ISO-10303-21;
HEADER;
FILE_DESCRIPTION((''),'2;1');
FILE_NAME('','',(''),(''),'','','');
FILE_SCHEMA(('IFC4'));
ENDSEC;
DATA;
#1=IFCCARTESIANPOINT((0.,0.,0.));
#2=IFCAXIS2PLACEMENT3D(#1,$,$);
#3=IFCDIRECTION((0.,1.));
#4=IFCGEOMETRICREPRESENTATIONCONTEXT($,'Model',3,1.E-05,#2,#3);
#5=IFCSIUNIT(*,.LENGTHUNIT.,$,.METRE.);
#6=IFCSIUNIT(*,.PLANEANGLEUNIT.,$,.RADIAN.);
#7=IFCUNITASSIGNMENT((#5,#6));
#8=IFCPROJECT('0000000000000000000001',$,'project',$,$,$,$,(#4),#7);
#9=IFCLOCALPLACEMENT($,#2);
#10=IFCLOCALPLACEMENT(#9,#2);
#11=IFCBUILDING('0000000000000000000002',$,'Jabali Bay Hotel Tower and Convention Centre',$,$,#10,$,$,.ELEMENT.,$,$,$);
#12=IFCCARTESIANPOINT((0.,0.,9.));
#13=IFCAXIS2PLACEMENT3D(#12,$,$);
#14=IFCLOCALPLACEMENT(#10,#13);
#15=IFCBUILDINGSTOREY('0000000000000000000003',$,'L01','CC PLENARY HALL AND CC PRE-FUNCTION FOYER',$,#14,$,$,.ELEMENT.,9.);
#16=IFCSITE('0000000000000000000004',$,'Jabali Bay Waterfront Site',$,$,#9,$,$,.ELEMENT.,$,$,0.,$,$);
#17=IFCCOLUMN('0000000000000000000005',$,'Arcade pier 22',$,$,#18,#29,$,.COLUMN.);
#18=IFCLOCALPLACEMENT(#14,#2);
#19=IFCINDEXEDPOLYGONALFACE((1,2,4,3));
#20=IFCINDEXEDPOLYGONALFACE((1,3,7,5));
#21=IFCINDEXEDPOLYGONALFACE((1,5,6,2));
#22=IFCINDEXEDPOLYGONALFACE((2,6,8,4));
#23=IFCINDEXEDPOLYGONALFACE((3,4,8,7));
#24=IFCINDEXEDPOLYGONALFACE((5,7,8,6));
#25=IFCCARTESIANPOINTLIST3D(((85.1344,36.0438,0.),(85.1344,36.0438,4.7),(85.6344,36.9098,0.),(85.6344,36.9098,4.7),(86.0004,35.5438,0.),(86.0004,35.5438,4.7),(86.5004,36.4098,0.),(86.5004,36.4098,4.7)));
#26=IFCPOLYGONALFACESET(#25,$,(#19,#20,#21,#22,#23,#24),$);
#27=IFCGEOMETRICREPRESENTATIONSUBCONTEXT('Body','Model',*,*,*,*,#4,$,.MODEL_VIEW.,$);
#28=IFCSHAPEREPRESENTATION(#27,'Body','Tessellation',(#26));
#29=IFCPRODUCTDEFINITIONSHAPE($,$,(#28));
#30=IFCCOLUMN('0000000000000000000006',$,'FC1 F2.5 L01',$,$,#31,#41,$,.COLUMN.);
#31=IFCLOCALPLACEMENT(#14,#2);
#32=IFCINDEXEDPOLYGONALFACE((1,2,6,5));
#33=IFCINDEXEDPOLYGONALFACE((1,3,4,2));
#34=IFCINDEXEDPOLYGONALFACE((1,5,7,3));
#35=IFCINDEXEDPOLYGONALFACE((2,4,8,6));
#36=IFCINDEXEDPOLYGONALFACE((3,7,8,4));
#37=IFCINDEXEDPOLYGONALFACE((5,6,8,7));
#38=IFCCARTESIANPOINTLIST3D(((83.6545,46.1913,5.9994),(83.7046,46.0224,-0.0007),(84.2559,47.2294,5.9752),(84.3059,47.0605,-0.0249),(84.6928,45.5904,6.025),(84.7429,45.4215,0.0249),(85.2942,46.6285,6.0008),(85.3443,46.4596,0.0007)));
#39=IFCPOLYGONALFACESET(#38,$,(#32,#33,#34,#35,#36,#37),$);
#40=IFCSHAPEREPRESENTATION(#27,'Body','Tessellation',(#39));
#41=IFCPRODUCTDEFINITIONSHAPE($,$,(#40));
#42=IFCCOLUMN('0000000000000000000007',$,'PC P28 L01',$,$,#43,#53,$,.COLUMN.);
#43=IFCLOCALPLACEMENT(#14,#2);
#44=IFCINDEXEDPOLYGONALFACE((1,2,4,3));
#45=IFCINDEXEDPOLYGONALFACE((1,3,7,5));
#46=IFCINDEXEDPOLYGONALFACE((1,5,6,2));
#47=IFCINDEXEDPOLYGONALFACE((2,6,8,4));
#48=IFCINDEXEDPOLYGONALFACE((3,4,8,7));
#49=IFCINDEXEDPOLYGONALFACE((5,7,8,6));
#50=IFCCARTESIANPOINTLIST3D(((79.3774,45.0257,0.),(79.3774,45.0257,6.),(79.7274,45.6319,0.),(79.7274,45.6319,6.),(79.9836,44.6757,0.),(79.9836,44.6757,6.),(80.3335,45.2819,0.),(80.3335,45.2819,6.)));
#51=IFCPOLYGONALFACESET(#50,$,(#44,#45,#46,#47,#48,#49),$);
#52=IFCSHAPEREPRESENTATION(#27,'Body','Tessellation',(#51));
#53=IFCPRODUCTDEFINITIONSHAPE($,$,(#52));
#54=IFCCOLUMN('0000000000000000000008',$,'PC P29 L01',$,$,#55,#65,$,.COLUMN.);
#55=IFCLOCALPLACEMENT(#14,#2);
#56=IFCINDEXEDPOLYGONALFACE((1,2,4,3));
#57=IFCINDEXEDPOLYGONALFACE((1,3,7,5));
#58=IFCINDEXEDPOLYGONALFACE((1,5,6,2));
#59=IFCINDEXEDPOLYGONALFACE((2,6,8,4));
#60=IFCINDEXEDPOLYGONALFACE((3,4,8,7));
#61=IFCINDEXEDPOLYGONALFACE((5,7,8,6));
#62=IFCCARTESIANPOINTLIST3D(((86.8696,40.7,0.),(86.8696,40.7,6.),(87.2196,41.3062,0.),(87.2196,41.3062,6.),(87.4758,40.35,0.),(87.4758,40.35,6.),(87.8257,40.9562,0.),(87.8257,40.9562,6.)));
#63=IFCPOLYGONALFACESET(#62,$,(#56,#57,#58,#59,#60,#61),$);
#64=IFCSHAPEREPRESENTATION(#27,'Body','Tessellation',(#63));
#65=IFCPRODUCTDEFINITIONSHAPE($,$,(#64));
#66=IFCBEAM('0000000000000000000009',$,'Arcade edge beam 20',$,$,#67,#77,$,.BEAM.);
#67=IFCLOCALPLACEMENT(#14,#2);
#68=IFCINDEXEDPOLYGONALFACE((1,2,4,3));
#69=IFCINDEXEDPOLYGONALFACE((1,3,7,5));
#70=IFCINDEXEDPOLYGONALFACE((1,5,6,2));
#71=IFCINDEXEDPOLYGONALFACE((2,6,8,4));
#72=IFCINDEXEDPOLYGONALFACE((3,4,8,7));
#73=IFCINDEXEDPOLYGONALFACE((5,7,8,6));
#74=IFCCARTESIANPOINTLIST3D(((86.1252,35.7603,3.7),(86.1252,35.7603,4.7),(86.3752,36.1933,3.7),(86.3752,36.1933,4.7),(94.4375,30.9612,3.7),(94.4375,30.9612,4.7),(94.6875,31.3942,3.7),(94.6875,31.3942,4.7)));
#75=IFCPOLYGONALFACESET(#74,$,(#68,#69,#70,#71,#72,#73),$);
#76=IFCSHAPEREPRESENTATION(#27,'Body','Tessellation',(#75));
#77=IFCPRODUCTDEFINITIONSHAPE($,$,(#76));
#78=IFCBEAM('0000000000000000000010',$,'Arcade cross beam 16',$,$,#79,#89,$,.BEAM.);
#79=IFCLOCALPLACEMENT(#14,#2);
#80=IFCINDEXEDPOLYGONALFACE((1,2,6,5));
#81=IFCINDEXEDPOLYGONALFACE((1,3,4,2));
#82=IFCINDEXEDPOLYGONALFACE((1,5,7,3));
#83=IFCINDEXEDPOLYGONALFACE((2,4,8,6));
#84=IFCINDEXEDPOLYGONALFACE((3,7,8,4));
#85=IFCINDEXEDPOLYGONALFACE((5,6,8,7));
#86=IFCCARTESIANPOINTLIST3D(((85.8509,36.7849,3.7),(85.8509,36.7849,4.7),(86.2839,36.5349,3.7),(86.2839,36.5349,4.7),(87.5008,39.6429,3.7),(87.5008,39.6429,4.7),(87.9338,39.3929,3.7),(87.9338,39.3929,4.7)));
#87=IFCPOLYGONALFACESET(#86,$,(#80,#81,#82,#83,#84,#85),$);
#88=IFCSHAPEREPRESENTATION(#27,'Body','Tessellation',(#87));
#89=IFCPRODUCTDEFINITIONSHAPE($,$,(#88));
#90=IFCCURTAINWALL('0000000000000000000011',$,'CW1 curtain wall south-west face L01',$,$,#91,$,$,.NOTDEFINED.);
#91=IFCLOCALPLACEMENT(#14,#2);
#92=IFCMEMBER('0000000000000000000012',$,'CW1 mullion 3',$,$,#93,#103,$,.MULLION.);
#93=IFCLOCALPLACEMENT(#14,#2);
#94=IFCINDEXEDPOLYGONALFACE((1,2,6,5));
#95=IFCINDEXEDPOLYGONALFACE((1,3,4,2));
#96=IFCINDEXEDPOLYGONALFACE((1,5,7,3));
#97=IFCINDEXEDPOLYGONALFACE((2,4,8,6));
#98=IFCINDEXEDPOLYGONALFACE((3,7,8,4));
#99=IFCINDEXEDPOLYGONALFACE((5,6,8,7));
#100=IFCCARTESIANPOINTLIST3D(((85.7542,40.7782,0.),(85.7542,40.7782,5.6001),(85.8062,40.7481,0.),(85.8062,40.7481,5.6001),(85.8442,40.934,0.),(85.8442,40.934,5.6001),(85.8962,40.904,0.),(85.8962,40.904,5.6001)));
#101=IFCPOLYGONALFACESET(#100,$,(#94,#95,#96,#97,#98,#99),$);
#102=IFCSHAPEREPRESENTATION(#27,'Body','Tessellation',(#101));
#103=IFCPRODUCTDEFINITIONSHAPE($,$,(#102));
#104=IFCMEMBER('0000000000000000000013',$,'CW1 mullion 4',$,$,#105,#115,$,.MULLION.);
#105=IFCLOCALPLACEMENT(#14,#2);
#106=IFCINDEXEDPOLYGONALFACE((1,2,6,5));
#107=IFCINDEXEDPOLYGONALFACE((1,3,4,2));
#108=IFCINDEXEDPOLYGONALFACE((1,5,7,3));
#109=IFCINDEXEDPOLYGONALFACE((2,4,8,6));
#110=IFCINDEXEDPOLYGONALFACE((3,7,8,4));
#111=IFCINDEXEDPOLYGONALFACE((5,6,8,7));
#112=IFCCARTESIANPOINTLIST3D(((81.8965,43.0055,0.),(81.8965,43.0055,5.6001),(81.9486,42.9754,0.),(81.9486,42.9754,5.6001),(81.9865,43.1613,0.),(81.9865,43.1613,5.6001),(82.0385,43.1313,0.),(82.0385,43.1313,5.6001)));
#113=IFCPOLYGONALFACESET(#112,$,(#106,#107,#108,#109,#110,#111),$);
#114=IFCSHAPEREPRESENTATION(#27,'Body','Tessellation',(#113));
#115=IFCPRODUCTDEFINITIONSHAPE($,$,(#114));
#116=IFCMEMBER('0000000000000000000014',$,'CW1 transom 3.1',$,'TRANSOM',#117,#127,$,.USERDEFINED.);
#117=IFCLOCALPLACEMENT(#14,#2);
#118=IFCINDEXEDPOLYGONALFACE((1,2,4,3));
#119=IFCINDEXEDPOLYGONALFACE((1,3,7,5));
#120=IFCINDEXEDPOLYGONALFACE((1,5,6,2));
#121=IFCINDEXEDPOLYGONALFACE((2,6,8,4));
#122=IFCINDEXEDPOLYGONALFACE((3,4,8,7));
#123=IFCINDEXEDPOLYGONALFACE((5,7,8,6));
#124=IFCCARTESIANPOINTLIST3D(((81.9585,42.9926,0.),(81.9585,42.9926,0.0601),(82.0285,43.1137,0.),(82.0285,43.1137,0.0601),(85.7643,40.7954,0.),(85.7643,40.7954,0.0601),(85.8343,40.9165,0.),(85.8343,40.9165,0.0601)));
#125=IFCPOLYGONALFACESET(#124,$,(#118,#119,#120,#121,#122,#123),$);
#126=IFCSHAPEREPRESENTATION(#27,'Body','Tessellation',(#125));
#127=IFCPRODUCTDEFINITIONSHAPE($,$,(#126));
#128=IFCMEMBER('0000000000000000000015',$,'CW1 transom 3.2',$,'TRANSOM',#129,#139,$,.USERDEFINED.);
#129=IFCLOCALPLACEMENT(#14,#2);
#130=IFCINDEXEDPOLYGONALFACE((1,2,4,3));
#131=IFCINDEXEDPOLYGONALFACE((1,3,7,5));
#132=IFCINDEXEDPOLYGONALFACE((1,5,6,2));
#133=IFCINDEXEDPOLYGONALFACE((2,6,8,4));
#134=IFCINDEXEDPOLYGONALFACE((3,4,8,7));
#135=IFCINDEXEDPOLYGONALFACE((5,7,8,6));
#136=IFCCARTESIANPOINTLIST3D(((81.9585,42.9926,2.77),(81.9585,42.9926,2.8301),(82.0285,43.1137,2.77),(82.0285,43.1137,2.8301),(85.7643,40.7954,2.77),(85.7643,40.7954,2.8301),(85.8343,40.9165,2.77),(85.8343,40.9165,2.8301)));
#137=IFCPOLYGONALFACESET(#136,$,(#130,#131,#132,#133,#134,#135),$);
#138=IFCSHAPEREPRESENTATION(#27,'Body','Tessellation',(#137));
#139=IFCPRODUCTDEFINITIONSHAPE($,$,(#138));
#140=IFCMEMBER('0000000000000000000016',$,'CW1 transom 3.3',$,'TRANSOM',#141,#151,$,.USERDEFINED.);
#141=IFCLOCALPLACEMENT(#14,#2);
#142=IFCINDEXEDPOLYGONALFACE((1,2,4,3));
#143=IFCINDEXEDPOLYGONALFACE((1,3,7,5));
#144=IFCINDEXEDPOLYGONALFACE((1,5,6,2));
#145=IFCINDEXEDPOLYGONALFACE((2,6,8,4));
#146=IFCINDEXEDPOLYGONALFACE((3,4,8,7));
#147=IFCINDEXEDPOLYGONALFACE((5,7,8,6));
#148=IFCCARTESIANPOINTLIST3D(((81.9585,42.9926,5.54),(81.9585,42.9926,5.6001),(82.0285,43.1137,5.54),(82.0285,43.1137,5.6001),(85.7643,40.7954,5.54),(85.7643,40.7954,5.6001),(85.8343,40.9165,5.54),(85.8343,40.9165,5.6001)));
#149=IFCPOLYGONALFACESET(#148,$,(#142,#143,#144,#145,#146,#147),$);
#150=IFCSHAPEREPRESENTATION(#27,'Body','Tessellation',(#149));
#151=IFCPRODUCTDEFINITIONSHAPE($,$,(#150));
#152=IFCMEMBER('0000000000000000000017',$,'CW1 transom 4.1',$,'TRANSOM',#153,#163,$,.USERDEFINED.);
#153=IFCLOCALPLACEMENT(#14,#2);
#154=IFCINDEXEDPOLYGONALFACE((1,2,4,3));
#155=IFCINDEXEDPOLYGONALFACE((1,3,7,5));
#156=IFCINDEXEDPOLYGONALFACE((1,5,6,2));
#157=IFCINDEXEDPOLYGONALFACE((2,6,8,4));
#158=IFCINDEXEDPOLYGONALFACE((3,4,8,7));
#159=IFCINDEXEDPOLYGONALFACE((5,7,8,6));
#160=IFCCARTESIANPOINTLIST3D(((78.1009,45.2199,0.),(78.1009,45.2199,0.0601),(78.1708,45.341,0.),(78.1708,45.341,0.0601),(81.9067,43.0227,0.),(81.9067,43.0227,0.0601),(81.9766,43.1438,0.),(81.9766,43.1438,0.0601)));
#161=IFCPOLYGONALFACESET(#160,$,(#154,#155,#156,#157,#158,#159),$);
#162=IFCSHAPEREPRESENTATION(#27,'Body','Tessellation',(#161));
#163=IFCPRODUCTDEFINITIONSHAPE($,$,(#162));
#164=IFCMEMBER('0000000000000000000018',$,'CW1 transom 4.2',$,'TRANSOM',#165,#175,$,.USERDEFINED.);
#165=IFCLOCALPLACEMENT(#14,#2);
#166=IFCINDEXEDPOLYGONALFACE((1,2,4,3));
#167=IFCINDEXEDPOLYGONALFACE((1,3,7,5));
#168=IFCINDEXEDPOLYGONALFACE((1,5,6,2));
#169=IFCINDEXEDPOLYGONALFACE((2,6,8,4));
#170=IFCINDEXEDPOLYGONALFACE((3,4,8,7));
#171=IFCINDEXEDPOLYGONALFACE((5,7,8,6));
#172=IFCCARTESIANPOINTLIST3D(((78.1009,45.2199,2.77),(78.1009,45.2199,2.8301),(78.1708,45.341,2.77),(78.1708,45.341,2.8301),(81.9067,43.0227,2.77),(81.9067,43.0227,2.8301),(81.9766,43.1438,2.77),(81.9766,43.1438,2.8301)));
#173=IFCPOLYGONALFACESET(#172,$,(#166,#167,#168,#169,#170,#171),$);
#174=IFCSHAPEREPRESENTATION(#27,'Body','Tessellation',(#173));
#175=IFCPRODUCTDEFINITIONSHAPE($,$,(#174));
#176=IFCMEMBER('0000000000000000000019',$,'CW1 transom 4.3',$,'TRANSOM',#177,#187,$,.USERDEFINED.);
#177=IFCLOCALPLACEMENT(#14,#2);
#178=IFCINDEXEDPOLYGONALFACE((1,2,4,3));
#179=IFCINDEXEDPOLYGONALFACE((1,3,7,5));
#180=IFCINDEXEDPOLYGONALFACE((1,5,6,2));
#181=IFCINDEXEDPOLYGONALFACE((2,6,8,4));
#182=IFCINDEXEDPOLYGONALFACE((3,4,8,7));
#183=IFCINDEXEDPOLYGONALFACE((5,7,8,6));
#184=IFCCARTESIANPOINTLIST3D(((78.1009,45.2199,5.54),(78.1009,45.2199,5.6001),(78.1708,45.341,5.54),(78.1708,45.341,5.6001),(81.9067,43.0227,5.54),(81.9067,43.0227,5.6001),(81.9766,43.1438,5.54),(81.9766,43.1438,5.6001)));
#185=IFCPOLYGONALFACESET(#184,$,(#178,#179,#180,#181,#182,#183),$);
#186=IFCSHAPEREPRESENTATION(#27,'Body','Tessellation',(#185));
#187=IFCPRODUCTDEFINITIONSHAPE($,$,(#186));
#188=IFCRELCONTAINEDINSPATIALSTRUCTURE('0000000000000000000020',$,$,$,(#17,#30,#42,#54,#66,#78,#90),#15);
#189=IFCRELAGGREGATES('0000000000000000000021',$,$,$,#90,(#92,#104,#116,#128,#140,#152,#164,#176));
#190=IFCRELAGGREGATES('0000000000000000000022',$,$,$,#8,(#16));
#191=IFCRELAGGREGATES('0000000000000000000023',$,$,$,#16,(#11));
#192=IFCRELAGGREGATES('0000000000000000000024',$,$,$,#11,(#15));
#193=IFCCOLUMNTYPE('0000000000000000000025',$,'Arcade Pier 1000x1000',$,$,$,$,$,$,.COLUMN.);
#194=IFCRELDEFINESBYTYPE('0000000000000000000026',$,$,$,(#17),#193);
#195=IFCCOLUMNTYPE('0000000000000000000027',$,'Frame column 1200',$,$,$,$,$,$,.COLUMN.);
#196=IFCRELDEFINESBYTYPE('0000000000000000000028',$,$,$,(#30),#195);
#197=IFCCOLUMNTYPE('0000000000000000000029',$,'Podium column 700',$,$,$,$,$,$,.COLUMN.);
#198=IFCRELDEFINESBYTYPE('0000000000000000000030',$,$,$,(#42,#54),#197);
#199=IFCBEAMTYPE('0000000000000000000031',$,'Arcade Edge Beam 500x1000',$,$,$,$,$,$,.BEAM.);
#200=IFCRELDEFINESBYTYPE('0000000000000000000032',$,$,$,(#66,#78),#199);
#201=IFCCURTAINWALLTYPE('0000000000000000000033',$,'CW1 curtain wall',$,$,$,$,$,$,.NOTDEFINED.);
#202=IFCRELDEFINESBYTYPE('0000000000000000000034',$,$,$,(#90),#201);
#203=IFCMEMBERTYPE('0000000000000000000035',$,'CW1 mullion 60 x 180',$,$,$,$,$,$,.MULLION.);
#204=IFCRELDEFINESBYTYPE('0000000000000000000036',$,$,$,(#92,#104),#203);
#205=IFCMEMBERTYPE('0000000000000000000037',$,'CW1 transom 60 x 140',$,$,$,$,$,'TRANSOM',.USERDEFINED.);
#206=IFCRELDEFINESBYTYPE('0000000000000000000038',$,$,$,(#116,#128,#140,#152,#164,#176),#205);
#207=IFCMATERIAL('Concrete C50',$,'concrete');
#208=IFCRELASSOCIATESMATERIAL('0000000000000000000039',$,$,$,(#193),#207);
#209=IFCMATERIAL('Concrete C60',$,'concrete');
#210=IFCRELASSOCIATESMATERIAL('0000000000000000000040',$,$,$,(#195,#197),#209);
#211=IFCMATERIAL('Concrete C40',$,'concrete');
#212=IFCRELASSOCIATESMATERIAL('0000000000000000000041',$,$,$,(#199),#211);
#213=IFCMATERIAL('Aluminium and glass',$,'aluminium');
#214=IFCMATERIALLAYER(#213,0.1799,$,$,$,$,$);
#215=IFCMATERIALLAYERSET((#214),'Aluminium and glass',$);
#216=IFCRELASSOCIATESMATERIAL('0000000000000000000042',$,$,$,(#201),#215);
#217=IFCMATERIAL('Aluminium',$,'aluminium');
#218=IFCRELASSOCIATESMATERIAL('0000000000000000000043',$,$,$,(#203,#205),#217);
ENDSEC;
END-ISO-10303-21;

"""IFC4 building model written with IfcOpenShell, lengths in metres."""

from ifc_helpers import new_model, si_unit, direction, frame, origin, origin_2d, place, context, subcontext, project, spatial, rectangle, extrude, material, layer, layer_set, material_profile, profile_set, type_object, element, aggregate, save


model = new_model("IFC4")

# Units and contexts
model_context = context("Model", 3, precision=1e-05, world=origin(), true_north=direction((0.0, 1.0)))
body_context = subcontext(model_context, "Body", "Model", "MODEL_VIEW")
ifc_project = project(units=[si_unit("LENGTHUNIT", "METRE"), si_unit("PLANEANGLEUNIT", "RADIAN")], contexts=[model_context])

# Site, building, storey
site_placement = place(None, origin())
site = spatial("IfcSite", under=ifc_project, at=site_placement, Name="Jabali Bay Waterfront Site", CompositionType="ELEMENT", RefElevation=0.0)
building_placement = place(site_placement, origin())
building = spatial("IfcBuilding", under=site, at=building_placement, Name="Jabali Bay Hotel Tower and Convention Centre", CompositionType="ELEMENT")
storey_placement = place(building_placement, frame((0.0, 0.0, 9.0)))
storey = spatial("IfcBuildingStorey", under=building, at=storey_placement, Name="L01", Description="CC PLENARY HALL AND CC PRE-FUNCTION FOYER", CompositionType="ELEMENT", Elevation=9.0)

# Columns
ifc_material_1 = material(Name="Concrete C50", Category="concrete")
ifc_material_profile_1 = material_profile(ifc_material_1, rectangle(XDim=1.0, YDim=1.0, at=origin_2d()), Name="RC 1000x1000")
ifc_profile_set_1 = profile_set([ifc_material_profile_1], Name="Concrete C50")
column_type_1 = type_object("IfcColumnType", Name="Arcade Pier 1000x1000", PredefinedType="COLUMN", material=ifc_profile_set_1)
column_1_placement = place(storey_placement, frame((85.8174, 36.2268, 0.0), z_axis=(0.0, 0.0, 1.0), x_axis=(0.866025, -0.5, 0.0)))
element("IfcColumn", 1, at=column_1_placement, inside=storey, type_object=column_type_1, Name="Arcade pier 22", PredefinedType="COLUMN", context=body_context, shape_type="SweptSolid", body=[
    extrude(rectangle(XDim=1.0, YDim=1.0, at=origin_2d()), origin(), (0.0, 0.0, 1.0), 4.7),
])
ifc_material_2 = material(Name="Concrete C60", Category="concrete")
ifc_material_profile_2 = material_profile(ifc_material_2, rectangle(XDim=1.2, YDim=1.2, at=origin_2d()), Name="Frame column 1200")
ifc_profile_set_2 = profile_set([ifc_material_profile_2], Name="Concrete C60")
column_type_2 = type_object("IfcColumnType", Name="Frame column 1200", PredefinedType="COLUMN", material=ifc_profile_set_2)
column_2_placement = place(storey_placement, frame((84.5244, 46.241, 0.0), z_axis=(-0.008338, 0.028145, 0.999569), x_axis=(-0.501169, -0.865114, 0.020179)))
element("IfcColumn", 2, at=column_2_placement, inside=storey, type_object=column_type_2, Name="FC1 F2.5 L01", PredefinedType="COLUMN", context=body_context, shape_type="SweptSolid", body=[
    extrude(rectangle(XDim=1.2, YDim=1.2, at=origin_2d()), origin(), (0.0, 0.0, 1.0), 6.0027),
])
ifc_material_profile_3 = material_profile(ifc_material_2, rectangle(XDim=0.7, YDim=0.7, at=origin_2d()), Name="Podium column 700")
ifc_profile_set_3 = profile_set([ifc_material_profile_3], Name="Concrete C60")
column_type_3 = type_object("IfcColumnType", Name="Podium column 700", PredefinedType="COLUMN", material=ifc_profile_set_3)
for number, where, z_axis, x_axis, name in (
    (3, (79.8555, 45.1538, 0.0), (0.0, 0.0, 1.0), (0.5, 0.866025, 0.0), "PC P28 L01"),
    (4, (87.3477, 40.8281, 0.0), (0.0, 0.0, 1.0), (0.5, 0.866025, 0.0), "PC P29 L01"),
):
    element("IfcColumn", number, at=place(storey_placement, frame(where, z_axis=z_axis, x_axis=x_axis)), inside=storey, type_object=column_type_3, Name=name, PredefinedType="COLUMN", context=body_context, shape_type="SweptSolid", body=[
        extrude(rectangle(XDim=0.7, YDim=0.7, at=origin_2d()), origin(), (0.0, 0.0, 1.0), 6.0),
    ])

# Beams
ifc_material_3 = material(Name="Concrete C40", Category="concrete")
ifc_material_profile_4 = material_profile(ifc_material_3, rectangle(XDim=0.5, YDim=1.0, at=origin_2d()), Name="RC 500x1000")
ifc_profile_set_4 = profile_set([ifc_material_profile_4], Name="Concrete C40")
beam_type = type_object("IfcBeamType", Name="Arcade Edge Beam 500x1000", PredefinedType="BEAM", material=ifc_profile_set_4)
beam_1_placement = place(storey_placement, frame((86.2502, 35.9768, 4.2), z_axis=(0.866026, -0.499999, 0.0), x_axis=(0.499999, 0.866026, 0.0)))
element("IfcBeam", 5, at=beam_1_placement, inside=storey, type_object=beam_type, Name="Arcade edge beam 20", PredefinedType="BEAM", context=body_context, shape_type="SweptSolid", body=[
    extrude(rectangle(XDim=0.5, YDim=1.0, at=origin_2d()), origin(), (0.0, 0.0, 1.0), 9.5981),
])
beam_2_placement = place(storey_placement, frame((86.0674, 36.6599, 4.2), z_axis=(0.499974, 0.86604, 0.0), x_axis=(-0.86604, 0.499974, 0.0)))
element("IfcBeam", 6, at=beam_2_placement, inside=storey, type_object=beam_type, Name="Arcade cross beam 16", PredefinedType="BEAM", context=body_context, shape_type="SweptSolid", body=[
    extrude(rectangle(XDim=0.5, YDim=1.0, at=origin_2d()), origin(), (0.0, 0.0, 1.0), 3.3),
])

# Curtain wall, members
ifc_material_4 = material(Name="Aluminium and glass", Category="aluminium")
ifc_layer_1 = layer(ifc_material_4, 0.1799)
ifc_layer_set_1 = layer_set([ifc_layer_1], Name="Aluminium and glass")
curtain_wall_type = type_object("IfcCurtainWallType", Name="CW1 curtain wall", PredefinedType="NOTDEFINED", material=ifc_layer_set_1)
curtain_wall_placement = place(storey_placement, origin())
curtain_wall = element("IfcCurtainWall", 7, at=curtain_wall_placement, inside=storey, type_object=curtain_wall_type, Name="CW1 curtain wall south-west face L01", PredefinedType="NOTDEFINED")
ifc_material_5 = material(Name="Aluminium", Category="aluminium")
ifc_material_profile_5 = material_profile(ifc_material_5, rectangle(XDim=0.1799, YDim=0.0601, at=origin_2d()), Name="CW1 mullion 60 x 180")
ifc_profile_set_5 = profile_set([ifc_material_profile_5], Name="Aluminium")
member_type_1 = type_object("IfcMemberType", Name="CW1 mullion 60 x 180", PredefinedType="MULLION", material=ifc_profile_set_5)
member_1_placement = place(storey_placement, frame((85.8252, 40.8411, 0.0), z_axis=(0.0, 0.0, 1.0), x_axis=(-0.5, -0.866025, 0.0)))
member_1 = element("IfcMember", 8, at=member_1_placement, type_object=member_type_1, Name="CW1 mullion 3", PredefinedType="MULLION", context=body_context, shape_type="SweptSolid", body=[
    extrude(rectangle(XDim=0.1799, YDim=0.0601, at=origin_2d()), origin(), (0.0, 0.0, 1.0), 5.6001),
])
member_2_placement = place(storey_placement, frame((81.9675, 43.0684, 0.0), z_axis=(0.0, 0.0, 1.0), x_axis=(-0.5, -0.866025, 0.0)))
member_2 = element("IfcMember", 9, at=member_2_placement, type_object=member_type_1, Name="CW1 mullion 4", PredefinedType="MULLION", context=body_context, shape_type="SweptSolid", body=[
    extrude(rectangle(XDim=0.1799, YDim=0.0601, at=origin_2d()), origin(), (0.0, 0.0, 1.0), 5.6001),
])
ifc_material_profile_6 = material_profile(ifc_material_5, rectangle(XDim=0.1399, YDim=0.0601, at=origin_2d()), Name="CW1 transom 60 x 140")
ifc_profile_set_6 = profile_set([ifc_material_profile_6], Name="Aluminium")
member_type_2 = type_object("IfcMemberType", Name="CW1 transom 60 x 140", ElementType="TRANSOM", PredefinedType="USERDEFINED", material=ifc_profile_set_6)
member_3_placement = place(storey_placement, frame((85.7993, 40.856, 0.03), z_axis=(-0.866033, 0.499987, 0.0), x_axis=(-0.499987, -0.866033, 0.0)))
member_3 = element("IfcMember", 10, at=member_3_placement, type_object=member_type_2, Name="CW1 transom 3.1", ObjectType="TRANSOM", PredefinedType="USERDEFINED", context=body_context, shape_type="SweptSolid", body=[
    extrude(rectangle(XDim=0.1399, YDim=0.0601, at=origin_2d()), origin(), (0.0, 0.0, 1.0), 4.3945),
])
member_4_placement = place(storey_placement, frame((85.7993, 40.856, 2.8), z_axis=(-0.866033, 0.499987, 0.0), x_axis=(-0.499987, -0.866033, 0.0)))
member_4 = element("IfcMember", 11, at=member_4_placement, type_object=member_type_2, Name="CW1 transom 3.2", ObjectType="TRANSOM", PredefinedType="USERDEFINED", context=body_context, shape_type="SweptSolid", body=[
    extrude(rectangle(XDim=0.1399, YDim=0.0601, at=origin_2d()), origin(), (0.0, 0.0, 1.0), 4.3945),
])
member_5_placement = place(storey_placement, frame((85.7993, 40.856, 5.5701), z_axis=(-0.866033, 0.499987, 0.0), x_axis=(-0.499987, -0.866033, 0.0)))
member_5 = element("IfcMember", 12, at=member_5_placement, type_object=member_type_2, Name="CW1 transom 3.3", ObjectType="TRANSOM", PredefinedType="USERDEFINED", context=body_context, shape_type="SweptSolid", body=[
    extrude(rectangle(XDim=0.1399, YDim=0.0601, at=origin_2d()), origin(), (0.0, 0.0, 1.0), 4.3945),
])
member_6_placement = place(storey_placement, frame((81.9417, 43.0833, 0.03), z_axis=(-0.866033, 0.499987, 0.0), x_axis=(-0.499987, -0.866033, 0.0)))
member_6 = element("IfcMember", 13, at=member_6_placement, type_object=member_type_2, Name="CW1 transom 4.1", ObjectType="TRANSOM", PredefinedType="USERDEFINED", context=body_context, shape_type="SweptSolid", body=[
    extrude(rectangle(XDim=0.1399, YDim=0.0601, at=origin_2d()), origin(), (0.0, 0.0, 1.0), 4.3945),
])
member_7_placement = place(storey_placement, frame((81.9417, 43.0833, 2.8), z_axis=(-0.866033, 0.499987, 0.0), x_axis=(-0.499987, -0.866033, 0.0)))
member_7 = element("IfcMember", 14, at=member_7_placement, type_object=member_type_2, Name="CW1 transom 4.2", ObjectType="TRANSOM", PredefinedType="USERDEFINED", context=body_context, shape_type="SweptSolid", body=[
    extrude(rectangle(XDim=0.1399, YDim=0.0601, at=origin_2d()), origin(), (0.0, 0.0, 1.0), 4.3945),
])
member_8_placement = place(storey_placement, frame((81.9417, 43.0833, 5.5701), z_axis=(-0.866033, 0.499987, 0.0), x_axis=(-0.499987, -0.866033, 0.0)))
member_8 = element("IfcMember", 15, at=member_8_placement, type_object=member_type_2, Name="CW1 transom 4.3", ObjectType="TRANSOM", PredefinedType="USERDEFINED", context=body_context, shape_type="SweptSolid", body=[
    extrude(rectangle(XDim=0.1399, YDim=0.0601, at=origin_2d()), origin(), (0.0, 0.0, 1.0), 4.3945),
])
aggregate(curtain_wall, [member_1, member_2, member_3, member_4, member_5, member_6, member_7, member_8])

save(model, "model.ifc")
